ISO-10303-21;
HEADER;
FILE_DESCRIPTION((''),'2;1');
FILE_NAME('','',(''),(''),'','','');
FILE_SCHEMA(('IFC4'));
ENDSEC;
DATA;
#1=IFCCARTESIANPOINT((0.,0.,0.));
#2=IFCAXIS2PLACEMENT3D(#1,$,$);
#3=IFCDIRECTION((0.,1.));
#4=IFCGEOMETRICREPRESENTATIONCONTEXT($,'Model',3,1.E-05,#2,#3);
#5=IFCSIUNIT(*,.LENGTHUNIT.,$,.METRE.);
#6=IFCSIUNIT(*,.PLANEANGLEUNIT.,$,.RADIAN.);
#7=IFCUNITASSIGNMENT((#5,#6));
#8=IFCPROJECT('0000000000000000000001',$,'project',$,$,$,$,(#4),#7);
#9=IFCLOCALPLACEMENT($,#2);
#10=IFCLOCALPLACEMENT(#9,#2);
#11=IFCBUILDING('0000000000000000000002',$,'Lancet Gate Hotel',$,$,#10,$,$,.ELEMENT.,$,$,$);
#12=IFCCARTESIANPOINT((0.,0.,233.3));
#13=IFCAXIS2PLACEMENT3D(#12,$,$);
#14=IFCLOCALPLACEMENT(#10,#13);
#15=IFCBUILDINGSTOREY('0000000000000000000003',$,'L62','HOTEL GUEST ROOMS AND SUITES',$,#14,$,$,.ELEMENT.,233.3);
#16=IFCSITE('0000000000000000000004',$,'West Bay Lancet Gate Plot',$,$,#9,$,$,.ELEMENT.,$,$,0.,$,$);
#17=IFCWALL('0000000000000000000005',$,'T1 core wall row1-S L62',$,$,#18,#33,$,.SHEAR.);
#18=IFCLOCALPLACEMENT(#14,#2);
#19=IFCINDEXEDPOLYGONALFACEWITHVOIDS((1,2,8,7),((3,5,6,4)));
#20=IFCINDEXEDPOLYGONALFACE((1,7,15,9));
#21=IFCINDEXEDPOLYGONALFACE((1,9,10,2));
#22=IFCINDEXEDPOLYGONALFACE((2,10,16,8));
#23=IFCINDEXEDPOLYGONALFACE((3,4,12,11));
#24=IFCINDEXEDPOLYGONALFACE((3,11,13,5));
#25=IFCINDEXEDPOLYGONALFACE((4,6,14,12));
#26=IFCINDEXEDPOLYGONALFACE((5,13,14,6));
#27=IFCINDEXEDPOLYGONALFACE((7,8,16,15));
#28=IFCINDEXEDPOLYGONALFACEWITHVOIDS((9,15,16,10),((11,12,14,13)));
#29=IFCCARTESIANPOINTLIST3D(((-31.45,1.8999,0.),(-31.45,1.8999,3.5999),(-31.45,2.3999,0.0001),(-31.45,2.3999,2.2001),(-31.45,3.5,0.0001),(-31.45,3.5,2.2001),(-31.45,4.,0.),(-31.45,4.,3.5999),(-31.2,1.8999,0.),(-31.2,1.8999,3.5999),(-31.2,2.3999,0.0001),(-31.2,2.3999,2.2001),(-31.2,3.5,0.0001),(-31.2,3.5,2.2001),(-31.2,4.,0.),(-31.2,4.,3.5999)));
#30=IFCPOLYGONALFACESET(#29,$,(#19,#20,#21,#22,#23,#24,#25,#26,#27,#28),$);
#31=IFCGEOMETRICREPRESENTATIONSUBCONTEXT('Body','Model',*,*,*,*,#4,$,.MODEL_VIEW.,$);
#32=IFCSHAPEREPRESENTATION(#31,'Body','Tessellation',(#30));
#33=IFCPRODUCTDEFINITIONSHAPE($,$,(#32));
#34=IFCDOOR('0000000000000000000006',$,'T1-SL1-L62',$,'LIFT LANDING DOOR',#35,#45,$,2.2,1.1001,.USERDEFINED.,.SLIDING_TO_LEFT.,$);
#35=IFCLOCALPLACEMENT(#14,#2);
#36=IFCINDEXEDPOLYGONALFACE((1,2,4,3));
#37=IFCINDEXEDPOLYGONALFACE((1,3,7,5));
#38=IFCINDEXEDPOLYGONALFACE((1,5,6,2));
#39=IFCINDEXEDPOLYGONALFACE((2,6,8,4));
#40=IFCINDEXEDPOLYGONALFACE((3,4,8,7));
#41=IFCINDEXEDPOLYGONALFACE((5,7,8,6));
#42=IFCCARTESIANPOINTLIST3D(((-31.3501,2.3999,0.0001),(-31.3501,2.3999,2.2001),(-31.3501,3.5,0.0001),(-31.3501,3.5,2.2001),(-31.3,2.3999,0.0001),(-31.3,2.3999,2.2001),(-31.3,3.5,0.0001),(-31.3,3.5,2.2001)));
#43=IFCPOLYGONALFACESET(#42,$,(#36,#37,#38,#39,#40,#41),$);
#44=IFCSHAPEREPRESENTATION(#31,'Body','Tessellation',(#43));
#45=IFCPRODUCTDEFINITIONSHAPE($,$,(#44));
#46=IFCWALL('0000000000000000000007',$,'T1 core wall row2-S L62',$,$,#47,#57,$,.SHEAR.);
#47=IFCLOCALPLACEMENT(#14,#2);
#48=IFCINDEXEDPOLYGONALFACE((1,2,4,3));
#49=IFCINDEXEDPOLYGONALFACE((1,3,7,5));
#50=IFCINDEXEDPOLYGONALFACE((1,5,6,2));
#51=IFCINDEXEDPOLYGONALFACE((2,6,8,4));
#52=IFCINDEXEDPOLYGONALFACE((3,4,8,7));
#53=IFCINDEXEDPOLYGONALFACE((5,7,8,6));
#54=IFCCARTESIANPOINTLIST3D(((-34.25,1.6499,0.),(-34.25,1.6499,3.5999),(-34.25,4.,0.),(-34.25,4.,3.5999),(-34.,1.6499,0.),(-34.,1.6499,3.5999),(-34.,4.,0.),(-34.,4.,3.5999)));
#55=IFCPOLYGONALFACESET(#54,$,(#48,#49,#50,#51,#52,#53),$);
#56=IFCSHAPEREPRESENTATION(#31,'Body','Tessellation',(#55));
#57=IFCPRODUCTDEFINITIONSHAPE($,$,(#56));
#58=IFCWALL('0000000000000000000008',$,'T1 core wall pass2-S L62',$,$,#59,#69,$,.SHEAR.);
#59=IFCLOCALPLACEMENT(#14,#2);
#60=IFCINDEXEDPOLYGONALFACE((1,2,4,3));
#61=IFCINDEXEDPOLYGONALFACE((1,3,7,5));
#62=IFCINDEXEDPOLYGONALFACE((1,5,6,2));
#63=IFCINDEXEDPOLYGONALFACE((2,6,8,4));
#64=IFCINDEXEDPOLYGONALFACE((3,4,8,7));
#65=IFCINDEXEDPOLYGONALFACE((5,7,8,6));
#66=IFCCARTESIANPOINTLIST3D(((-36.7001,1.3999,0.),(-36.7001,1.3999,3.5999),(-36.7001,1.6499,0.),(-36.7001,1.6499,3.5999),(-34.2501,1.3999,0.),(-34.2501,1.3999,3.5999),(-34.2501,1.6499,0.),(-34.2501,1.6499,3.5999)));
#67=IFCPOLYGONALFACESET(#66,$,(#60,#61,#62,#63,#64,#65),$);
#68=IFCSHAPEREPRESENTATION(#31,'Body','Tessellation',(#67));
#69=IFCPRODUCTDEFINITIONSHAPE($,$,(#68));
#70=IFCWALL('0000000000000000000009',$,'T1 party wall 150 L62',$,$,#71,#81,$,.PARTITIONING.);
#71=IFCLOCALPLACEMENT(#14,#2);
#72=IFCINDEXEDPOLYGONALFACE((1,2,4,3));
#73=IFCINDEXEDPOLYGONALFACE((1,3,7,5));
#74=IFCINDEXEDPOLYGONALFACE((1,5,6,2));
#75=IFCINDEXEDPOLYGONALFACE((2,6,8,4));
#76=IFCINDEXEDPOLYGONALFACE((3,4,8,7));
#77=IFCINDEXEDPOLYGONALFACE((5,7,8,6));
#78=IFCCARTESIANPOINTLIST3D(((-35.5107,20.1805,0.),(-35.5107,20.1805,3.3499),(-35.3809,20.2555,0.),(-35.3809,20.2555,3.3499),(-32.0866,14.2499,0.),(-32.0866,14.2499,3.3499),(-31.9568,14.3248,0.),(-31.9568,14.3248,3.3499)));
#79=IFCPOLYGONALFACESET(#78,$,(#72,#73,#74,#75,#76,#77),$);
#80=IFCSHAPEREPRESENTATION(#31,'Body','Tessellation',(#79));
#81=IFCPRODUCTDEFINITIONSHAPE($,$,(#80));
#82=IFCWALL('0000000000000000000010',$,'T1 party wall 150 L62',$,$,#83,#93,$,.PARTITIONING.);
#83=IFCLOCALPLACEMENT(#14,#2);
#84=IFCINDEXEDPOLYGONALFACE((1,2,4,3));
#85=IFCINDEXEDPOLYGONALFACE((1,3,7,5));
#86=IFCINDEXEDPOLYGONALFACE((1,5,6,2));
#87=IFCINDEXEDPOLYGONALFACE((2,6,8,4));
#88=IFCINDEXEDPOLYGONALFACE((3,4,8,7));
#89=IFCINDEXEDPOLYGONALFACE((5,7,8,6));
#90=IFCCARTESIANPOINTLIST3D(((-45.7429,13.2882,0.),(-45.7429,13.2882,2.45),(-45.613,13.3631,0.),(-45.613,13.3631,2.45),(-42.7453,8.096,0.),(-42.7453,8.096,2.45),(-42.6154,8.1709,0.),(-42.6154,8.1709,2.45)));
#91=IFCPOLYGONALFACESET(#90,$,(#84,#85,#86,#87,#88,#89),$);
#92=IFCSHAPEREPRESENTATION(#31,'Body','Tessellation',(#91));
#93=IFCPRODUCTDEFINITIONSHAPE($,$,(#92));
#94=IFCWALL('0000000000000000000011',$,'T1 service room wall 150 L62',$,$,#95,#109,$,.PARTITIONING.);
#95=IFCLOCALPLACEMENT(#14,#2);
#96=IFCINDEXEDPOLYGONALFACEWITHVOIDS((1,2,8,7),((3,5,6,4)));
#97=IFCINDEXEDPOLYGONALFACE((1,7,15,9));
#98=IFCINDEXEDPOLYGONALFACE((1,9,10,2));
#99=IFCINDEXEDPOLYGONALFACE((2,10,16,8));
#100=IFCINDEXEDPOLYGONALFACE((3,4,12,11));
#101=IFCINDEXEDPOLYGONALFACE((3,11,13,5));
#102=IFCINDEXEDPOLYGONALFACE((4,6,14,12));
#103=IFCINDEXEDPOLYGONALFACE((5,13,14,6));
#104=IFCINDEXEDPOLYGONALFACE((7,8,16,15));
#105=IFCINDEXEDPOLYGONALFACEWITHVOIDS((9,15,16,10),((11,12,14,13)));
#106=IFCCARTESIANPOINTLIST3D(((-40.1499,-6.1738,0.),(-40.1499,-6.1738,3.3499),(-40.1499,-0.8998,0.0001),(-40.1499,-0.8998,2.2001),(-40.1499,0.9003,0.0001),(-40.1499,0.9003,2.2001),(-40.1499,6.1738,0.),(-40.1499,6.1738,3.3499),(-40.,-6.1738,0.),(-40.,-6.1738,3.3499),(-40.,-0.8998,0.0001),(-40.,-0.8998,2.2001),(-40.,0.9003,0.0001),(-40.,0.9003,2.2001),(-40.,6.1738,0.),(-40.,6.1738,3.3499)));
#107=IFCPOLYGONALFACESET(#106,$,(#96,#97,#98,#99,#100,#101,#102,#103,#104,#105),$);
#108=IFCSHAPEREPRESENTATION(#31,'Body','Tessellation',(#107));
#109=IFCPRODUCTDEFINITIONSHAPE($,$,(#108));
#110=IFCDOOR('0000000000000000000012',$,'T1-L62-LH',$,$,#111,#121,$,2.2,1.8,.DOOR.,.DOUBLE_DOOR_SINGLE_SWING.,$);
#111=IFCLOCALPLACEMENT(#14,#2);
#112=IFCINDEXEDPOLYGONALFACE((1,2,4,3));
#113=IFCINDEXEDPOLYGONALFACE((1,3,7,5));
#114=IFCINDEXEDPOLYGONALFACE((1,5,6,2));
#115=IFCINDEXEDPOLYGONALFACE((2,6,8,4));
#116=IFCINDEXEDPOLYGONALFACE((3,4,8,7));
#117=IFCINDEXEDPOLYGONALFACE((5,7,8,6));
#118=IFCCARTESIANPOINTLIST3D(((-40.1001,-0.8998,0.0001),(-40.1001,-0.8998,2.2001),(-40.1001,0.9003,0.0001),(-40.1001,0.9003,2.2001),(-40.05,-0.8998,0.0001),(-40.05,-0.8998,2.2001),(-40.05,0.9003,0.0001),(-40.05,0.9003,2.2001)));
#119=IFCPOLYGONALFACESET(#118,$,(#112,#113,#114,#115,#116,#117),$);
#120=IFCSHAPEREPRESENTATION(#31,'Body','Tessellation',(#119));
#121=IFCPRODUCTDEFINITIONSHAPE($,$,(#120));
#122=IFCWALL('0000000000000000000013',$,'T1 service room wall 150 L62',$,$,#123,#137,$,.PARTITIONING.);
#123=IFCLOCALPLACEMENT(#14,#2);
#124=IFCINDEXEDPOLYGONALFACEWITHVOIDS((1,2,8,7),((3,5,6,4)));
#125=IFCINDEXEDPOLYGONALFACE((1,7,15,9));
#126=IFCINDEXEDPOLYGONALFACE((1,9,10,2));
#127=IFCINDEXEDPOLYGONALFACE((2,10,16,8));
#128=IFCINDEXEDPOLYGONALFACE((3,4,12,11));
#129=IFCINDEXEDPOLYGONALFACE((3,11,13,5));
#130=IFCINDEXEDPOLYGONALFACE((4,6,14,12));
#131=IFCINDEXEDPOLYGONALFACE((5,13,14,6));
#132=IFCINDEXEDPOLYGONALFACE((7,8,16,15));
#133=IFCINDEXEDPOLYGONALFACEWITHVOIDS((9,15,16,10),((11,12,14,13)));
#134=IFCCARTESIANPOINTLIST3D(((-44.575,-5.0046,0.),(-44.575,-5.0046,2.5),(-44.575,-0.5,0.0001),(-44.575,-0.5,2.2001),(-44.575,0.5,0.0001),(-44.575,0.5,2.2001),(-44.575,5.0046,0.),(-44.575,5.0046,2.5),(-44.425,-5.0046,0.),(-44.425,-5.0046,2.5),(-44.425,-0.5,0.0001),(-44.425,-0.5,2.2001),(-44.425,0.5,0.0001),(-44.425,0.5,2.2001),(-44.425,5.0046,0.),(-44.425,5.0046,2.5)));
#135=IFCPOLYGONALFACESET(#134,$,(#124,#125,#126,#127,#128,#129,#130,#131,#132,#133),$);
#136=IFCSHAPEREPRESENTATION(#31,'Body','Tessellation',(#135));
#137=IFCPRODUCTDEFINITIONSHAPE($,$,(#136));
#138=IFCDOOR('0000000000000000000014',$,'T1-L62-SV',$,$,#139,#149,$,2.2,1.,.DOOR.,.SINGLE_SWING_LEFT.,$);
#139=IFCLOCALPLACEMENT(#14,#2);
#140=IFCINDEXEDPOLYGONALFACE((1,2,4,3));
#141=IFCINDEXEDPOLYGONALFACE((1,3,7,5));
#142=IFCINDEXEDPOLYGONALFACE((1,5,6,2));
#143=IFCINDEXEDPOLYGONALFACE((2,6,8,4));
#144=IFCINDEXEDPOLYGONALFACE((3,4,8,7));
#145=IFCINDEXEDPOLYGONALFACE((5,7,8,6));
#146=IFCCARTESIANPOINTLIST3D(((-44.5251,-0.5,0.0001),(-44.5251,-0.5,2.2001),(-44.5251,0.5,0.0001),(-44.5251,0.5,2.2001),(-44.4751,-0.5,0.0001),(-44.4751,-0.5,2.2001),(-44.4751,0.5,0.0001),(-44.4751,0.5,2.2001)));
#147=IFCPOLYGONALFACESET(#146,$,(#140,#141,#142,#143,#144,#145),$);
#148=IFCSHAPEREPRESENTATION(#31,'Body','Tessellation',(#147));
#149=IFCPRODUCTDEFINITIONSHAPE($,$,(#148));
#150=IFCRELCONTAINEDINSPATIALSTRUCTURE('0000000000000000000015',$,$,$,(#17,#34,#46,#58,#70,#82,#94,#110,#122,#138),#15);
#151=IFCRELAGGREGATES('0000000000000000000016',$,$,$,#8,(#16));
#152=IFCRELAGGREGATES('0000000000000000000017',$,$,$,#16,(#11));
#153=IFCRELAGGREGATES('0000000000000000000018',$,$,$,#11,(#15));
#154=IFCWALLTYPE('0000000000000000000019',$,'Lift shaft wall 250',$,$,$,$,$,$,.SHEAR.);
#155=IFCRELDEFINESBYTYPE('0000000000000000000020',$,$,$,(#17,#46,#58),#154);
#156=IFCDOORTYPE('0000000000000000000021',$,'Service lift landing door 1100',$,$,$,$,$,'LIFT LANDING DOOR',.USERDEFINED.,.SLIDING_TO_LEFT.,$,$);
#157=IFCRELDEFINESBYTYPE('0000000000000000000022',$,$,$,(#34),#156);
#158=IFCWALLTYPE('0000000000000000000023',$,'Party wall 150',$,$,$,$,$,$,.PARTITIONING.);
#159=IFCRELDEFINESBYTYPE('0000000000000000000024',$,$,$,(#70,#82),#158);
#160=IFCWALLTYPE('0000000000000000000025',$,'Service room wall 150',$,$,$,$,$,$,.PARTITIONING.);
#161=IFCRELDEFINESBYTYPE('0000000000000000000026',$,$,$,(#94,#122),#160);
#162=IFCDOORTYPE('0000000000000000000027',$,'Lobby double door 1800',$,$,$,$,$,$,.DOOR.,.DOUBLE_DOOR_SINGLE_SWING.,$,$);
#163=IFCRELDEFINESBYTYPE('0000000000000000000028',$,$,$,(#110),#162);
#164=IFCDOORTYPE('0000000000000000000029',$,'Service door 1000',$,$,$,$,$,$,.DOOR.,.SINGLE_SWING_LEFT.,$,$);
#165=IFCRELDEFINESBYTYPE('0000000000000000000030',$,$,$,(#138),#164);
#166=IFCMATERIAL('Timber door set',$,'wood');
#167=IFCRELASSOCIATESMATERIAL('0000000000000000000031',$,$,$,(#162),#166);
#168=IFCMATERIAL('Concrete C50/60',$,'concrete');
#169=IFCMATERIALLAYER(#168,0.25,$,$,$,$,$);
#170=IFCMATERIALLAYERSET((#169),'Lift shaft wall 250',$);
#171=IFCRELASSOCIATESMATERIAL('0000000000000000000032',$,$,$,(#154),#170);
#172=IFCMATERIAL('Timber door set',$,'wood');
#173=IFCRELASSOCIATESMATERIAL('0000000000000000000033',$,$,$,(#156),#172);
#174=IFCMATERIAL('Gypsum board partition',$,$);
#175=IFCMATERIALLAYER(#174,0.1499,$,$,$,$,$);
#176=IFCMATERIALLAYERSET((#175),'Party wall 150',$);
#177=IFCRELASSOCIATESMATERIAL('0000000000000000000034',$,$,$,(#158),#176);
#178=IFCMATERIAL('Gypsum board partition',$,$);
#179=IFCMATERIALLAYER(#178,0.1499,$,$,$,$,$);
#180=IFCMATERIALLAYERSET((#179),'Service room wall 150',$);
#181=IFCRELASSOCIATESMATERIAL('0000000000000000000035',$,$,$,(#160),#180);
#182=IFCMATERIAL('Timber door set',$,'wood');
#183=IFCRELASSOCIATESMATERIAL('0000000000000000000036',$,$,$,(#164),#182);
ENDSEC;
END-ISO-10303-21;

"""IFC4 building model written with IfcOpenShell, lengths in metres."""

from ifc_helpers import new_model, si_unit, direction, frame, frame_2d, origin, place, context, subcontext, project, spatial, rectangle, extrude, material, layer, layer_set, type_object, element, fill, save


model = new_model("IFC4")

# Units and contexts
model_context = context("Model", 3, precision=1e-05, world=origin(), true_north=direction((0.0, 1.0)))
body_context = subcontext(model_context, "Body", "Model", "MODEL_VIEW")
ifc_project = project(units=[si_unit("LENGTHUNIT", "METRE"), si_unit("PLANEANGLEUNIT", "RADIAN")], contexts=[model_context])

# Site, building, storey
site_placement = place(None, origin())
site = spatial("IfcSite", under=ifc_project, at=site_placement, Name="West Bay Lancet Gate Plot", CompositionType="ELEMENT", RefElevation=0.0)
building_placement = place(site_placement, origin())
building = spatial("IfcBuilding", under=site, at=building_placement, Name="Lancet Gate Hotel", CompositionType="ELEMENT")
storey_placement = place(building_placement, frame((0.0, 0.0, 233.3)))
storey = spatial("IfcBuildingStorey", under=building, at=storey_placement, Name="L62", Description="HOTEL GUEST ROOMS AND SUITES", CompositionType="ELEMENT", Elevation=233.3)

# Wall, opening, door
ifc_material_1 = material(Name="Timber door set", Category="wood")
door_type_1 = type_object("IfcDoorType", Name="Lobby double door 1800", OperationType="DOUBLE_DOOR_SINGLE_SWING", PredefinedType="DOOR", material=ifc_material_1)
ifc_material_2 = material(Name="Concrete C50/60", Category="concrete")
ifc_layer_1 = layer(ifc_material_2, 0.25)
ifc_layer_set_1 = layer_set([ifc_layer_1], Name="Lift shaft wall 250")
wall_type_1 = type_object("IfcWallType", Name="Lift shaft wall 250", PredefinedType="SHEAR", material=ifc_layer_set_1)
wall_1_placement = place(storey_placement, frame((-31.325, 4.0, 0.0), z_axis=(0.0, 0.0, 1.0), x_axis=(0.0, -1.0, 0.0)))
wall_1 = element("IfcWall", 1, at=wall_1_placement, inside=storey, type_object=wall_type_1, Name="T1 core wall row1-S L62", PredefinedType="SHEAR", context=body_context, shape_type="SweptSolid", body=[
    extrude(rectangle(XDim=2.1001, YDim=0.25, at=frame_2d((1.05, 0.0))), origin(), (0.0, 0.0, 1.0), 3.5999),
])
opening_1_placement = place(wall_1_placement, frame((0.5, 0.0, 0.0)))
opening_1 = element("IfcOpeningElement", 2, at=opening_1_placement, cuts=wall_1, PredefinedType="OPENING", context=body_context, shape_type="SweptSolid", body=[
    extrude(rectangle(XDim=1.1001, YDim=2.2, at=frame_2d((0.55, 1.1001))), frame((0.0, 0.135, 0.0), z_axis=(0.0, -1.0, 0.0), x_axis=(1.0, 0.0, 0.0)), (0.0, 0.0, 1.0), 0.27),
])
ifc_material_3 = material(Name="Timber door set", Category="wood")
door_type_2 = type_object("IfcDoorType", Name="Service lift landing door 1100", ElementType="LIFT LANDING DOOR", OperationType="SLIDING_TO_LEFT", PredefinedType="USERDEFINED", material=ifc_material_3)
door_1_placement = place(opening_1_placement, origin())
door_1 = element("IfcDoor", 3, at=door_1_placement, inside=storey, type_object=door_type_2, Name="T1-SL1-L62", ObjectType="LIFT LANDING DOOR", OperationType="SLIDING_TO_LEFT", OverallHeight=2.2, OverallWidth=1.1001, PredefinedType="USERDEFINED", context=body_context, shape_type="SweptSolid", body=[
    extrude(rectangle(XDim=1.1001, YDim=2.2, at=frame_2d((0.55, 1.1001))), frame((0.0, 0.0249, 0.0), z_axis=(0.0, -1.0, 0.0), x_axis=(1.0, 0.0, 0.0)), (0.0, 0.0, 1.0), 0.05),
])
fill(opening_1, door_1)

# Walls
wall_2_placement = place(storey_placement, frame((-34.125, 4.0, 0.0), z_axis=(0.0, 0.0, 1.0), x_axis=(0.0, -1.0, 0.0)))
element("IfcWall", 4, at=wall_2_placement, inside=storey, type_object=wall_type_1, Name="T1 core wall row2-S L62", PredefinedType="SHEAR", context=body_context, shape_type="SweptSolid", body=[
    extrude(rectangle(XDim=2.3501, YDim=0.25, at=frame_2d((1.175, 0.0))), origin(), (0.0, 0.0, 1.0), 3.5999),
])
wall_3_placement = place(storey_placement, frame((-34.25, 1.5249, 0.0), z_axis=(0.0, 0.0, 1.0), x_axis=(-1.0, 0.0, 0.0)))
element("IfcWall", 5, at=wall_3_placement, inside=storey, type_object=wall_type_1, Name="T1 core wall pass2-S L62", PredefinedType="SHEAR", context=body_context, shape_type="SweptSolid", body=[
    extrude(rectangle(XDim=2.45, YDim=0.25, at=frame_2d((1.2251, 0.0))), origin(), (0.0, 0.0, 1.0), 3.5999),
])
ifc_material_4 = material(Name="Gypsum board partition")
ifc_layer_2 = layer(ifc_material_4, 0.1499)
ifc_layer_set_2 = layer_set([ifc_layer_2], Name="Party wall 150")
wall_type_2 = type_object("IfcWallType", Name="Party wall 150", PredefinedType="PARTITIONING", material=ifc_layer_set_2)
wall_4_placement = place(storey_placement, frame((-32.0217, 14.2874, 0.0), z_axis=(0.0, 0.0, 1.0), x_axis=(-0.5, 0.866025, 0.0)))
element("IfcWall", 6, at=wall_4_placement, inside=storey, type_object=wall_type_2, Name="T1 party wall 150 L62", PredefinedType="PARTITIONING", context=body_context, shape_type="SweptSolid", body=[
    extrude(rectangle(XDim=6.8481, YDim=0.1499, at=frame_2d((3.4241, 0.0))), origin(), (0.0, 0.0, 1.0), 3.3499),
])
wall_5_placement = place(storey_placement, frame((-42.6804, 8.1335, 0.0), z_axis=(0.0, 0.0, 1.0), x_axis=(-0.499984, 0.866034, 0.0)))
element("IfcWall", 7, at=wall_5_placement, inside=storey, type_object=wall_type_2, Name="T1 party wall 150 L62", PredefinedType="PARTITIONING", context=body_context, shape_type="SweptSolid", body=[
    extrude(rectangle(XDim=5.9954, YDim=0.1499, at=frame_2d((2.9976, 0.0))), origin(), (0.0, 0.0, 1.0), 2.45),
])

# Walls, openings, doors
ifc_material_5 = material(Name="Gypsum board partition")
ifc_layer_3 = layer(ifc_material_5, 0.1499)
ifc_layer_set_3 = layer_set([ifc_layer_3], Name="Service room wall 150")
wall_type_3 = type_object("IfcWallType", Name="Service room wall 150", PredefinedType="PARTITIONING", material=ifc_layer_set_3)
wall_6_placement = place(storey_placement, frame((-40.075, 6.1738, 0.0), z_axis=(0.0, 0.0, 1.0), x_axis=(0.0, -1.0, 0.0)))
wall_6 = element("IfcWall", 8, at=wall_6_placement, inside=storey, type_object=wall_type_3, Name="T1 service room wall 150 L62", PredefinedType="PARTITIONING", context=body_context, shape_type="SweptSolid", body=[
    extrude(rectangle(XDim=12.3477, YDim=0.1499, at=frame_2d((6.1738, 0.0))), origin(), (0.0, 0.0, 1.0), 3.3499),
])
opening_2_placement = place(wall_6_placement, frame((5.2737, 0.0, 0.0)))
opening_2 = element("IfcOpeningElement", 9, at=opening_2_placement, cuts=wall_6, PredefinedType="OPENING", context=body_context, shape_type="SweptSolid", body=[
    extrude(rectangle(XDim=1.8, YDim=2.2, at=frame_2d((0.8999, 1.1001))), frame((0.0, 0.085, 0.0), z_axis=(0.0, -1.0, 0.0), x_axis=(1.0, 0.0, 0.0)), (0.0, 0.0, 1.0), 0.1699),
])
door_2_placement = place(opening_2_placement, origin())
door_2 = element("IfcDoor", 10, at=door_2_placement, inside=storey, type_object=door_type_1, Name="T1-L62-LH", OperationType="DOUBLE_DOOR_SINGLE_SWING", OverallHeight=2.2, OverallWidth=1.8, PredefinedType="DOOR", context=body_context, shape_type="SweptSolid", body=[
    extrude(rectangle(XDim=1.8, YDim=2.2, at=frame_2d((0.8999, 1.1001))), frame((0.0, 0.0249, 0.0), z_axis=(0.0, -1.0, 0.0), x_axis=(1.0, 0.0, 0.0)), (0.0, 0.0, 1.0), 0.05),
])
fill(opening_2, door_2)
wall_7_placement = place(storey_placement, frame((-44.5, 5.0046, 0.0), z_axis=(0.0, 0.0, 1.0), x_axis=(0.0, -1.0, 0.0)))
wall_7 = element("IfcWall", 11, at=wall_7_placement, inside=storey, type_object=wall_type_3, Name="T1 service room wall 150 L62", PredefinedType="PARTITIONING", context=body_context, shape_type="SweptSolid", body=[
    extrude(rectangle(XDim=10.0093, YDim=0.1499, at=frame_2d((5.0046, 0.0))), origin(), (0.0, 0.0, 1.0), 2.5),
])
opening_3_placement = place(wall_7_placement, frame((4.5046, 0.0, 0.0)))
opening_3 = element("IfcOpeningElement", 12, at=opening_3_placement, cuts=wall_7, PredefinedType="OPENING", context=body_context, shape_type="SweptSolid", body=[
    extrude(rectangle(XDim=1.0, YDim=2.2, at=frame_2d((0.5, 1.1001))), frame((0.0, 0.085, 0.0), z_axis=(0.0, -1.0, 0.0), x_axis=(1.0, 0.0, 0.0)), (0.0, 0.0, 1.0), 0.1699),
])
ifc_material_6 = material(Name="Timber door set", Category="wood")
door_type_3 = type_object("IfcDoorType", Name="Service door 1000", OperationType="SINGLE_SWING_LEFT", PredefinedType="DOOR", material=ifc_material_6)
door_3_placement = place(opening_3_placement, origin())
door_3 = element("IfcDoor", 13, at=door_3_placement, inside=storey, type_object=door_type_3, Name="T1-L62-SV", OperationType="SINGLE_SWING_LEFT", OverallHeight=2.2, OverallWidth=1.0, PredefinedType="DOOR", context=body_context, shape_type="SweptSolid", body=[
    extrude(rectangle(XDim=1.0, YDim=2.2, at=frame_2d((0.5, 1.1001))), frame((0.0, 0.0249, 0.0), z_axis=(0.0, -1.0, 0.0), x_axis=(1.0, 0.0, 0.0)), (0.0, 0.0, 1.0), 0.05),
])
fill(opening_3, door_3)

save(model, "model.ifc")
